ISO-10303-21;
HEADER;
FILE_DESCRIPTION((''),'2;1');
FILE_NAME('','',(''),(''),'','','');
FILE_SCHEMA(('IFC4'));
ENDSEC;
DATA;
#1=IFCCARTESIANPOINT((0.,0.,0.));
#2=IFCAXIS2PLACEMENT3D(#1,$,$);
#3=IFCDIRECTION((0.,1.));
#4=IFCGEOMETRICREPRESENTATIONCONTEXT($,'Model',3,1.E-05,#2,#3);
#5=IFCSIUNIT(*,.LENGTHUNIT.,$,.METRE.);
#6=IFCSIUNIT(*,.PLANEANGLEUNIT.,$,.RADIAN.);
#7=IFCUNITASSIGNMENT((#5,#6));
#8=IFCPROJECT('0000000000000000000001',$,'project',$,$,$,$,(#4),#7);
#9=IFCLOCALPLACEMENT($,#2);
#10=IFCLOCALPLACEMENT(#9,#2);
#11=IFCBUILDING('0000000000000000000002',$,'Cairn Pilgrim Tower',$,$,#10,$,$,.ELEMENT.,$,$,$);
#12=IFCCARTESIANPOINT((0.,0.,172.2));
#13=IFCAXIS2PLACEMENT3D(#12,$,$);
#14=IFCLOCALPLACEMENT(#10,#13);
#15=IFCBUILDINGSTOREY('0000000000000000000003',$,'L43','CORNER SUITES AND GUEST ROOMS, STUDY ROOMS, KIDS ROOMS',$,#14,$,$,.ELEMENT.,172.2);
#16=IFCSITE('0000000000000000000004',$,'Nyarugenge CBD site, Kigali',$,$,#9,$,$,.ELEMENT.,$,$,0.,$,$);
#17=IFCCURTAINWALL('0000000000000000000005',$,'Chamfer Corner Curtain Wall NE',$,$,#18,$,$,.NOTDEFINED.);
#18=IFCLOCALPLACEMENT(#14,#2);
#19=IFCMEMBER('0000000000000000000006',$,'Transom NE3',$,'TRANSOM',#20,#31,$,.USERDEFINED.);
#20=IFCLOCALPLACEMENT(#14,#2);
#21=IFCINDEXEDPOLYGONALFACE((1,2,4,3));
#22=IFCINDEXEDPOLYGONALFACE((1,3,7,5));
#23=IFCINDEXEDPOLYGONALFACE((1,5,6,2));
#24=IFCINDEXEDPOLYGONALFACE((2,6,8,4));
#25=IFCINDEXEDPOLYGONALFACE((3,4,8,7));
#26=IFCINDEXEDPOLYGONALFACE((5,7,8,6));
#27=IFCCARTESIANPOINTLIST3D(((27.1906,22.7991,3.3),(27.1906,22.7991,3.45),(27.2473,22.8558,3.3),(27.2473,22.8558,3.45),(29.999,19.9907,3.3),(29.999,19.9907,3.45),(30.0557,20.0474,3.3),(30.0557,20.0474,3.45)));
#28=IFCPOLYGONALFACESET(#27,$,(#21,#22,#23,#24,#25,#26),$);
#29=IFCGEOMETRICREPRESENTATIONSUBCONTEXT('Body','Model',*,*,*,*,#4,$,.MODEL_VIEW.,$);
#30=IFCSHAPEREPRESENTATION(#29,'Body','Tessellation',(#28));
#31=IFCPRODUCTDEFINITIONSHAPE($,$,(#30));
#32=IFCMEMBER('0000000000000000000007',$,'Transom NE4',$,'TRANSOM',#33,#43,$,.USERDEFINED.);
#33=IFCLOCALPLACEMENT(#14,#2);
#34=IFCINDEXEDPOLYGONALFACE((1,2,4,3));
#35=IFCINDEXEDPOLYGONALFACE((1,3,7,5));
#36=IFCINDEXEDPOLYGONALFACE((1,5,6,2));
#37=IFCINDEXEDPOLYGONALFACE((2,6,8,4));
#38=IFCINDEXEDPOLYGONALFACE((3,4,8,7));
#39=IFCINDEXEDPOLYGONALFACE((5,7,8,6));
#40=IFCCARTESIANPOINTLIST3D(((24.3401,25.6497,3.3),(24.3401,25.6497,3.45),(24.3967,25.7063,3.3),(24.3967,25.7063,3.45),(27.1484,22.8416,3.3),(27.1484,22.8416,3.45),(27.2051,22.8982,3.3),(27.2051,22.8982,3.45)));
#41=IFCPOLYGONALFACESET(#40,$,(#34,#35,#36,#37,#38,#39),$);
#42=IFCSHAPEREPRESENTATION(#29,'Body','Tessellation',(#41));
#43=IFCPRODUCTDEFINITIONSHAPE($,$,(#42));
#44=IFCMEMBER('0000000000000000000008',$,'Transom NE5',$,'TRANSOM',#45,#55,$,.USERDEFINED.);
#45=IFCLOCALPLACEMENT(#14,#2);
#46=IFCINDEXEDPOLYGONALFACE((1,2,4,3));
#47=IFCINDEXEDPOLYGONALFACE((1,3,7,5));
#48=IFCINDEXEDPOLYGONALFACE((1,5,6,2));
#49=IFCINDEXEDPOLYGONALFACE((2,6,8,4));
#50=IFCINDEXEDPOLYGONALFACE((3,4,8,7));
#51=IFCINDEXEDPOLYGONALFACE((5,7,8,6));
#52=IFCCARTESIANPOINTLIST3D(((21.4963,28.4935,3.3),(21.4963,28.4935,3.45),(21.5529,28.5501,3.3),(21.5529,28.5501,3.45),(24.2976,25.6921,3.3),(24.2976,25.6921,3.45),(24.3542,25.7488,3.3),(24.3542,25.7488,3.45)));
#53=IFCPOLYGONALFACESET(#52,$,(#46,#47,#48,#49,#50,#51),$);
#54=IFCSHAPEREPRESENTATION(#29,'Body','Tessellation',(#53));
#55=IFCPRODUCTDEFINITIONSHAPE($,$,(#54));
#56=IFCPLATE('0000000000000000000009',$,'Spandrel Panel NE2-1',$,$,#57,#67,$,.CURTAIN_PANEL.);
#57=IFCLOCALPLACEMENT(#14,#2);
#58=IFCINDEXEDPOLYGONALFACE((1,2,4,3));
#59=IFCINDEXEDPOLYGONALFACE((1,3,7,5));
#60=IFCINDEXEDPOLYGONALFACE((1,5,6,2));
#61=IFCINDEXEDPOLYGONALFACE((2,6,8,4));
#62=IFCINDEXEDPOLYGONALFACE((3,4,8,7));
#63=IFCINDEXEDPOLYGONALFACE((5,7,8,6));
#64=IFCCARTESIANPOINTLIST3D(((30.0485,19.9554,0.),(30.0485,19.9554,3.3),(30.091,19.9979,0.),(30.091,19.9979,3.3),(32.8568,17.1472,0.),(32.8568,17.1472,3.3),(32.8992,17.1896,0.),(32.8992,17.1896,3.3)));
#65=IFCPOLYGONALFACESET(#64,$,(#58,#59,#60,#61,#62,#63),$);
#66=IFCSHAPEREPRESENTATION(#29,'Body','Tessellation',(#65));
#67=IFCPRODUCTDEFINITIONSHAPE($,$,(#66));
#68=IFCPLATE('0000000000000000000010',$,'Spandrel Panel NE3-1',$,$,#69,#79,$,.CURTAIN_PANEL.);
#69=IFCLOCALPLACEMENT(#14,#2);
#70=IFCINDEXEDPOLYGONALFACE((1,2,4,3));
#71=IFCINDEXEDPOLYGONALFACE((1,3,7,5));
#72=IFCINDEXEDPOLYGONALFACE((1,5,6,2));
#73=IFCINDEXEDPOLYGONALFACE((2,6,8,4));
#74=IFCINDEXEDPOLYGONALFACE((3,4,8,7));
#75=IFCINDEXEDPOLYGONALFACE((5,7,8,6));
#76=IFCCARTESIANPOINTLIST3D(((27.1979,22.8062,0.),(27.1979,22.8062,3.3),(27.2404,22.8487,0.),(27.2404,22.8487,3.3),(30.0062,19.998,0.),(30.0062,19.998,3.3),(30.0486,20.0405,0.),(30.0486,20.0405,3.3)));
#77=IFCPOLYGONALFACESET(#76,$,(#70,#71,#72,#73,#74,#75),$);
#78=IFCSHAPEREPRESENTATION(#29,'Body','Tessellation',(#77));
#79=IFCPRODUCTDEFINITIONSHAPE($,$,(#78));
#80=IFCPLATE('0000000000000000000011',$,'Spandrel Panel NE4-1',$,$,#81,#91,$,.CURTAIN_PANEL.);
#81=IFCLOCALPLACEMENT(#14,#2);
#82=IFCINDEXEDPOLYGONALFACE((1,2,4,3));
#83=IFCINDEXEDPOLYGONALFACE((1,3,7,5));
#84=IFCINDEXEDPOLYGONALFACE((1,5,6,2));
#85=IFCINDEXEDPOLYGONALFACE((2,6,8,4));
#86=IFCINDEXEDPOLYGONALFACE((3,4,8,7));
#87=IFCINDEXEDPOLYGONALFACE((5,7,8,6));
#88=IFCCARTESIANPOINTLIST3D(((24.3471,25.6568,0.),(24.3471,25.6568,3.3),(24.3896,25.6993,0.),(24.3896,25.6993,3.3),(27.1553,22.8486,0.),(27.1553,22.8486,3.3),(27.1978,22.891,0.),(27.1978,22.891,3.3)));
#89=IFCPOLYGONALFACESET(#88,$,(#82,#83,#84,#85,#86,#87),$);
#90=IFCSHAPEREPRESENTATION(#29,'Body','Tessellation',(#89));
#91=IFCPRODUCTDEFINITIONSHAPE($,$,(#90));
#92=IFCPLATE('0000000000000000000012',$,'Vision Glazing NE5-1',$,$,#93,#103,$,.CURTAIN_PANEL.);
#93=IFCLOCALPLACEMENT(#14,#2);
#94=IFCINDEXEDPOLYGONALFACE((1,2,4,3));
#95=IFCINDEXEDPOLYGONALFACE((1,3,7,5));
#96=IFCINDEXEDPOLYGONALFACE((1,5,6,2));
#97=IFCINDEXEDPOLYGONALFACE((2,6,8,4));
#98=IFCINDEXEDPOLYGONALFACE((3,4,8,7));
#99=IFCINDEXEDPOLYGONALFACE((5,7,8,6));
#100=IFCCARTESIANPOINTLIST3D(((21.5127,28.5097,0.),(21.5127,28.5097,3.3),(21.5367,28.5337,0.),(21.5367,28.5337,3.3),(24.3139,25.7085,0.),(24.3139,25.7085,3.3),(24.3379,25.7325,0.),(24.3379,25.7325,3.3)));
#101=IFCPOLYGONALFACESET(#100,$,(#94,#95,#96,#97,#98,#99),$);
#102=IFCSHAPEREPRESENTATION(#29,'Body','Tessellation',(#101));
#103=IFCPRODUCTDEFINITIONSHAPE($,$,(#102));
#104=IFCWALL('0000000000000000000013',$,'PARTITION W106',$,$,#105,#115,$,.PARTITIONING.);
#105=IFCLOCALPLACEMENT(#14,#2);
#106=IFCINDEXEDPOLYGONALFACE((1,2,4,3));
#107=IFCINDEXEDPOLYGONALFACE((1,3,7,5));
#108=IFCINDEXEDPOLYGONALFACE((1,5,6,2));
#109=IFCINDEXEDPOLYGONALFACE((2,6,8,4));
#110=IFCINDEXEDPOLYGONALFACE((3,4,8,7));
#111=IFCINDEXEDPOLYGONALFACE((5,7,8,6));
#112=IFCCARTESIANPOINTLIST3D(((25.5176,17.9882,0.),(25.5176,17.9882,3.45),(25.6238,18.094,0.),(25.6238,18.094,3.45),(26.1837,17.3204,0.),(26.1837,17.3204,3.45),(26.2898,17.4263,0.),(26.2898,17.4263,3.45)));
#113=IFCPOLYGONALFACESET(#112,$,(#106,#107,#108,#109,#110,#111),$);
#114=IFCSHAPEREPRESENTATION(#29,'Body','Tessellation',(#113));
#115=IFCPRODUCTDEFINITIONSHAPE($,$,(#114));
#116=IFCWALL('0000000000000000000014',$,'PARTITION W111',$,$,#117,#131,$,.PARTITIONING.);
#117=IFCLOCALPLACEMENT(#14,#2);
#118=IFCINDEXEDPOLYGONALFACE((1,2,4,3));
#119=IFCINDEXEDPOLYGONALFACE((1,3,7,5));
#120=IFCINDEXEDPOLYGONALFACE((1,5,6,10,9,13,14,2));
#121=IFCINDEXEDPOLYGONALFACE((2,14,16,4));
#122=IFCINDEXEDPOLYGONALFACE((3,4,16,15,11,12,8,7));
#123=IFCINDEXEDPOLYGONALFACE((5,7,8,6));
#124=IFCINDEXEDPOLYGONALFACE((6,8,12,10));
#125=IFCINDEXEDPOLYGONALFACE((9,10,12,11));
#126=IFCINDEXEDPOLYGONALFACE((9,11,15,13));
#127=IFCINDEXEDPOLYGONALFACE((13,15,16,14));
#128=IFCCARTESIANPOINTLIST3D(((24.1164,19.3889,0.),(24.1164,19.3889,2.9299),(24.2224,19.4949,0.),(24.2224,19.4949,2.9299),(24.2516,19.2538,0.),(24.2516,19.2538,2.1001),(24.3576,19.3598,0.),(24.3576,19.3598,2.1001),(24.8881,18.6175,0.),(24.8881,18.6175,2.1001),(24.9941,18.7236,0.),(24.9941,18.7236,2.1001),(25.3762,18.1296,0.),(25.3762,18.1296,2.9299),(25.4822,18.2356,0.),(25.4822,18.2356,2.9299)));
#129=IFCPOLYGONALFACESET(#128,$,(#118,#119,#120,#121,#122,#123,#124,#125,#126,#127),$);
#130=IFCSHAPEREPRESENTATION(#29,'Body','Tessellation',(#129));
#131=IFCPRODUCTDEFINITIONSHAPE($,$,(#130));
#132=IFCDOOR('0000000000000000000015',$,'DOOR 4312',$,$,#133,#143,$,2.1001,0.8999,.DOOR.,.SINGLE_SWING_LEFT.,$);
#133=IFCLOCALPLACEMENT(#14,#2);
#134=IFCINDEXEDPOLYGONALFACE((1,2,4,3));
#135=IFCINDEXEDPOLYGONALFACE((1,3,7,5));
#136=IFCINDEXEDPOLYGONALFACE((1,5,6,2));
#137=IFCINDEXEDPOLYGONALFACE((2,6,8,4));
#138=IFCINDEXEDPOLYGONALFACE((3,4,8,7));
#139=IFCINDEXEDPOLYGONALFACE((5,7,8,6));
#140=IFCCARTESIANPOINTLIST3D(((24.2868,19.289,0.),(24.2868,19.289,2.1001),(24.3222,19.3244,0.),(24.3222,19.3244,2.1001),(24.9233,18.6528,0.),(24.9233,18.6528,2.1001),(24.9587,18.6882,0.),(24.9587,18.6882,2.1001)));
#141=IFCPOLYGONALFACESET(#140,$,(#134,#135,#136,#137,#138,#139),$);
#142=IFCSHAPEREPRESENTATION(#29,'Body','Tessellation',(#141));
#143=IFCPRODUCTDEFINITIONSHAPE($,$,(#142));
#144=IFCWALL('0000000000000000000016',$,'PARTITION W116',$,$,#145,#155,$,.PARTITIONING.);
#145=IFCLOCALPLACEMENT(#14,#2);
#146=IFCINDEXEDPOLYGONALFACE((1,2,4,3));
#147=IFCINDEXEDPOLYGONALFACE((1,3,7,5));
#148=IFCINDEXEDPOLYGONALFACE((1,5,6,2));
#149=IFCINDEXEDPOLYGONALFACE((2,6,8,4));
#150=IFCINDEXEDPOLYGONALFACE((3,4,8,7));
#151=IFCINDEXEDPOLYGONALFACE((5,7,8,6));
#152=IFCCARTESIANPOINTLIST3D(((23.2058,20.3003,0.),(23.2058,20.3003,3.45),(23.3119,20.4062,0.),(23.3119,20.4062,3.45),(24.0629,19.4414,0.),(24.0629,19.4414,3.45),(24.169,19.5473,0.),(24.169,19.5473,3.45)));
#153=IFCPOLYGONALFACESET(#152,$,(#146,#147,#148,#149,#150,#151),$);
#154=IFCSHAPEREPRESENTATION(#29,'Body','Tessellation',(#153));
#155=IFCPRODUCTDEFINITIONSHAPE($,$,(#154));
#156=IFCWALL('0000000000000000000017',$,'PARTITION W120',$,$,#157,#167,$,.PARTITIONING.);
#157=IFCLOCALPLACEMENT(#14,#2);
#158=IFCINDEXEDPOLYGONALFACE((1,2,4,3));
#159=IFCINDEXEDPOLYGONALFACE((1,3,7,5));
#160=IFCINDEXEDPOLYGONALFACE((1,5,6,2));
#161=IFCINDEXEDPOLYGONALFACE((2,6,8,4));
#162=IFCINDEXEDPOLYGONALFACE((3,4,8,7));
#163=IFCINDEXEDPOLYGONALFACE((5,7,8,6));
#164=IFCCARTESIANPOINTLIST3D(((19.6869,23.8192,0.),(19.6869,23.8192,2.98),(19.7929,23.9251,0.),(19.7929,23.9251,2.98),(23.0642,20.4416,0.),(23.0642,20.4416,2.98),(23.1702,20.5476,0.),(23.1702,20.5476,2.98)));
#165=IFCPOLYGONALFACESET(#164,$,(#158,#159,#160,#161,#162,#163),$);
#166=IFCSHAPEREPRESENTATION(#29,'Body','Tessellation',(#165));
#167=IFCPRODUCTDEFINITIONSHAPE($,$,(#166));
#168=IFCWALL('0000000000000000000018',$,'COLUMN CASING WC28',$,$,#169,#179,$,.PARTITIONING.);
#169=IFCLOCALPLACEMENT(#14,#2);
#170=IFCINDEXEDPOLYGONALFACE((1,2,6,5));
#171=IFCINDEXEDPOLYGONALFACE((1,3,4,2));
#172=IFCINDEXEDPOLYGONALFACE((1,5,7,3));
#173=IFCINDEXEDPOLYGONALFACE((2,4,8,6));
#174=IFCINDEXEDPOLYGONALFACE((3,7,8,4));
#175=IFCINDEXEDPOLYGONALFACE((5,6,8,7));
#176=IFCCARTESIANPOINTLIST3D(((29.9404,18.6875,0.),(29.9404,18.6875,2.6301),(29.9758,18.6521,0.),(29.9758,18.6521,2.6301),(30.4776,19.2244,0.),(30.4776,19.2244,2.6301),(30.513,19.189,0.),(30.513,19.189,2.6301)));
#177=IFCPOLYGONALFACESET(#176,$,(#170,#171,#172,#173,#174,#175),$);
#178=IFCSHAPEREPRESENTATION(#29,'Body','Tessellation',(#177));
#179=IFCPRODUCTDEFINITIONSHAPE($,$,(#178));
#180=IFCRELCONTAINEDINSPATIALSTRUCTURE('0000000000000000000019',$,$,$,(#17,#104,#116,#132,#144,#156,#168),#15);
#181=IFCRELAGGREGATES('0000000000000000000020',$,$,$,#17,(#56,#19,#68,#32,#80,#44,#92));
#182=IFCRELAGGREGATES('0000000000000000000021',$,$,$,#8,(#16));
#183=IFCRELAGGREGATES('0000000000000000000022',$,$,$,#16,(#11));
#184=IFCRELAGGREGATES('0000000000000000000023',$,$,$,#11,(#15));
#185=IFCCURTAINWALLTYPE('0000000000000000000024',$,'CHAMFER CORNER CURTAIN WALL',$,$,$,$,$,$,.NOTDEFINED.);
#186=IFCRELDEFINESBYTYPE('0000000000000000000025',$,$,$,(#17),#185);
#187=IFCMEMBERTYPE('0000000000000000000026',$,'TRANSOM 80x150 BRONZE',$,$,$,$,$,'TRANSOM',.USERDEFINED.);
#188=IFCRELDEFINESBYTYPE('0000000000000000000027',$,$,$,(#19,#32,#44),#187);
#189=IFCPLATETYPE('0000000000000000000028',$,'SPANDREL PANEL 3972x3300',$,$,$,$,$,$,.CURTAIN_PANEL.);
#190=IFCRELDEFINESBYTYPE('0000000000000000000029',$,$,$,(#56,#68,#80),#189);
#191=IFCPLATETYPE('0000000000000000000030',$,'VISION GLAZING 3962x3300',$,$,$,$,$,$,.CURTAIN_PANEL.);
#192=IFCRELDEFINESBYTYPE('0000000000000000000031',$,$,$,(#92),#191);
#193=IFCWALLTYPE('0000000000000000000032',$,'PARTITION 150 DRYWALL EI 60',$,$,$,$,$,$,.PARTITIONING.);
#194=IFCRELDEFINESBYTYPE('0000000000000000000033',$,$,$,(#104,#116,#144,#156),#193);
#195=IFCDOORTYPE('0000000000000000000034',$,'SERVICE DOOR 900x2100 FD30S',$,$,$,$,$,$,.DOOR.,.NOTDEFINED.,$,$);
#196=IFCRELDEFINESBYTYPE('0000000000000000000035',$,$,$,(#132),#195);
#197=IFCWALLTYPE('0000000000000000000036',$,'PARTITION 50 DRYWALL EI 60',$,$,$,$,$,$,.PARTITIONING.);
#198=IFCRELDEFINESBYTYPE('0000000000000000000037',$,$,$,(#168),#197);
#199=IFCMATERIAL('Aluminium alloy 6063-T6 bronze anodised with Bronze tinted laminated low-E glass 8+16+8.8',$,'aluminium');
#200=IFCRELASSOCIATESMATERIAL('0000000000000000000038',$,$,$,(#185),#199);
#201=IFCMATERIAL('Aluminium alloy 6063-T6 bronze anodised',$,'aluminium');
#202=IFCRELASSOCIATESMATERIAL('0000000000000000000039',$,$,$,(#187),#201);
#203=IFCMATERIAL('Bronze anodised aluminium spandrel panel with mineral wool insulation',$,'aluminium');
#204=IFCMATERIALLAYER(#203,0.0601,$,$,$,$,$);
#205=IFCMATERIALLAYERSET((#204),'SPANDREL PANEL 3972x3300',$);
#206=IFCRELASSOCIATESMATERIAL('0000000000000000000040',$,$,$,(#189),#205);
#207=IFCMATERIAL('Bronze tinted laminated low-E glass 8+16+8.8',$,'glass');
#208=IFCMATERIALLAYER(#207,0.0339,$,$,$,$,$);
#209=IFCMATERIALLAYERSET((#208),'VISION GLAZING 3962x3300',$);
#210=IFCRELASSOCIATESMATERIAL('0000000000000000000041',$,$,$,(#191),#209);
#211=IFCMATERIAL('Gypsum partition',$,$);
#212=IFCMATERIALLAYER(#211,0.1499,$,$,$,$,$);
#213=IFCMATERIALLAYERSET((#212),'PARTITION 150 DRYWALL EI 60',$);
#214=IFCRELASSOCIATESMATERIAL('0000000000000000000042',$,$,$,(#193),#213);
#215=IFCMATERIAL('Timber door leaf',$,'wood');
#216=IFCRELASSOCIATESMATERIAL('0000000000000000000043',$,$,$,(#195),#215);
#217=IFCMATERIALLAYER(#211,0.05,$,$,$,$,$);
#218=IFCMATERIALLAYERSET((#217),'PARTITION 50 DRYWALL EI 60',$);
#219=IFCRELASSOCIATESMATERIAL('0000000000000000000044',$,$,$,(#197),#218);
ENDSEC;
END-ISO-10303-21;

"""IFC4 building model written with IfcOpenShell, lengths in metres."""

from ifc_helpers import new_model, si_unit, direction, frame, frame_2d, origin, origin_2d, place, context, subcontext, project, spatial, rectangle, extrude, material, layer, layer_set, material_profile, profile_set, type_object, element, fill, aggregate, save


model = new_model("IFC4")

# Units and contexts
model_context = context("Model", 3, precision=1e-05, world=origin(), true_north=direction((0.0, 1.0)))
body_context = subcontext(model_context, "Body", "Model", "MODEL_VIEW")
ifc_project = project(units=[si_unit("LENGTHUNIT", "METRE"), si_unit("PLANEANGLEUNIT", "RADIAN")], contexts=[model_context])

# Site, building, storey
site_placement = place(None, origin())
site = spatial("IfcSite", under=ifc_project, at=site_placement, Name="Nyarugenge CBD site, Kigali", CompositionType="ELEMENT", RefElevation=0.0)
building_placement = place(site_placement, origin())
building = spatial("IfcBuilding", under=site, at=building_placement, Name="Cairn Pilgrim Tower", CompositionType="ELEMENT")
storey_placement = place(building_placement, frame((0.0, 0.0, 172.2)))
storey = spatial("IfcBuildingStorey", under=building, at=storey_placement, Name="L43", Description="CORNER SUITES AND GUEST ROOMS, STUDY ROOMS, KIDS ROOMS", CompositionType="ELEMENT", Elevation=172.2)

# Curtain wall
ifc_material_1 = material(Name="Aluminium alloy 6063-T6 bronze anodised with Bronze tinted laminated low-E glass 8+16+8.8", Category="aluminium")
curtain_wall_type = type_object("IfcCurtainWallType", Name="CHAMFER CORNER CURTAIN WALL", PredefinedType="NOTDEFINED", material=ifc_material_1)
curtain_wall_placement = place(storey_placement, origin())
curtain_wall = element("IfcCurtainWall", 1, at=curtain_wall_placement, inside=storey, type_object=curtain_wall_type, Name="Chamfer Corner Curtain Wall NE", PredefinedType="NOTDEFINED")
ifc_material_2 = material(Name="Aluminium alloy 6063-T6 bronze anodised", Category="aluminium")

# Members
ifc_material_profile_1 = material_profile(ifc_material_2, rectangle(XDim=0.0801, YDim=0.1499, at=origin_2d()), Name="TRANSOM 80x150 BRONZE")
ifc_profile_set_1 = profile_set([ifc_material_profile_1], Name="Aluminium alloy 6063-T6 bronze anodised")
member_type_1 = type_object("IfcMemberType", Name="TRANSOM 80x150 BRONZE", ElementType="TRANSOM", PredefinedType="USERDEFINED", material=ifc_profile_set_1)
member_1_placement = place(storey_placement, frame((30.0273, 20.019, 3.375), z_axis=(-0.707107, 0.707107, 0.0), x_axis=(-0.707107, -0.707107, 0.0)))
member_1 = element("IfcMember", 2, at=member_1_placement, type_object=member_type_1, Name="Transom NE3", ObjectType="TRANSOM", PredefinedType="USERDEFINED", context=body_context, shape_type="SweptSolid", body=[
    extrude(rectangle(XDim=0.0801, YDim=0.1499, at=origin_2d()), origin(), (0.0, 0.0, 1.0), 3.9717),
])
member_2_placement = place(storey_placement, frame((27.1768, 22.8699, 3.375), z_axis=(-0.707138, 0.707076, 0.0), x_axis=(-0.707076, -0.707138, 0.0)))
member_2 = element("IfcMember", 3, at=member_2_placement, type_object=member_type_1, Name="Transom NE4", ObjectType="TRANSOM", PredefinedType="USERDEFINED", context=body_context, shape_type="SweptSolid", body=[
    extrude(rectangle(XDim=0.0801, YDim=0.1499, at=origin_2d()), origin(), (0.0, 0.0, 1.0), 3.9714),
])
member_3_placement = place(storey_placement, frame((24.3259, 25.7205, 3.375), z_axis=(-0.707107, 0.707107, 0.0), x_axis=(-0.707107, -0.707107, 0.0)))
member_3 = element("IfcMember", 4, at=member_3_placement, type_object=member_type_1, Name="Transom NE5", ObjectType="TRANSOM", PredefinedType="USERDEFINED", context=body_context, shape_type="SweptSolid", body=[
    extrude(rectangle(XDim=0.0801, YDim=0.1499, at=origin_2d()), origin(), (0.0, 0.0, 1.0), 3.9617),
])

# Plates
ifc_material_3 = material(Name="Bronze anodised aluminium spandrel panel with mineral wool insulation", Category="aluminium")
ifc_layer_1 = layer(ifc_material_3, 0.0601)
ifc_layer_set_1 = layer_set([ifc_layer_1], Name="SPANDREL PANEL 3972x3300")
plate_type_1 = type_object("IfcPlateType", Name="SPANDREL PANEL 3972x3300", PredefinedType="CURTAIN_PANEL", material=ifc_layer_set_1)
plate_1_placement = place(storey_placement, frame((31.4739, 18.5725, 0.0), z_axis=(0.0, 0.0, 1.0), x_axis=(-0.707107, 0.707107, 0.0)))
plate_1 = element("IfcPlate", 5, at=plate_1_placement, type_object=plate_type_1, Name="Spandrel Panel NE2-1", PredefinedType="CURTAIN_PANEL", context=body_context, shape_type="SweptSolid", body=[
    extrude(rectangle(XDim=3.9714, YDim=0.0601, at=origin_2d()), origin(), (0.0, 0.0, 1.0), 3.3),
])
plate_2_placement = place(storey_placement, frame((28.6233, 21.4233, 0.0), z_axis=(0.0, 0.0, 1.0), x_axis=(-0.707107, 0.707107, 0.0)))
plate_2 = element("IfcPlate", 6, at=plate_2_placement, type_object=plate_type_1, Name="Spandrel Panel NE3-1", PredefinedType="CURTAIN_PANEL", context=body_context, shape_type="SweptSolid", body=[
    extrude(rectangle(XDim=3.9714, YDim=0.0601, at=origin_2d()), origin(), (0.0, 0.0, 1.0), 3.3),
])
plate_3_placement = place(storey_placement, frame((25.7725, 24.2739, 0.0), z_axis=(0.0, 0.0, 1.0), x_axis=(-0.707107, 0.707107, 0.0)))
plate_3 = element("IfcPlate", 7, at=plate_3_placement, type_object=plate_type_1, Name="Spandrel Panel NE4-1", PredefinedType="CURTAIN_PANEL", context=body_context, shape_type="SweptSolid", body=[
    extrude(rectangle(XDim=3.9714, YDim=0.0601, at=origin_2d()), origin(), (0.0, 0.0, 1.0), 3.3),
])
ifc_material_4 = material(Name="Bronze tinted laminated low-E glass 8+16+8.8", Category="glass")
ifc_layer_2 = layer(ifc_material_4, 0.0339)
ifc_layer_set_2 = layer_set([ifc_layer_2], Name="VISION GLAZING 3962x3300")
plate_type_2 = type_object("IfcPlateType", Name="VISION GLAZING 3962x3300", PredefinedType="CURTAIN_PANEL", material=ifc_layer_set_2)
plate_4_placement = place(storey_placement, frame((22.9253, 27.1211, 0.0), z_axis=(0.0, 0.0, 1.0), x_axis=(-0.707107, 0.707107, 0.0)))
plate_4 = element("IfcPlate", 8, at=plate_4_placement, type_object=plate_type_2, Name="Vision Glazing NE5-1", PredefinedType="CURTAIN_PANEL", context=body_context, shape_type="SweptSolid", body=[
    extrude(rectangle(XDim=3.9614, YDim=0.0339, at=origin_2d()), origin(), (0.0, 0.0, 1.0), 3.3),
])
aggregate(curtain_wall, [plate_1, member_1, plate_2, member_2, plate_3, member_3, plate_4])

# Wall
ifc_material_5 = material(Name="Gypsum partition")
ifc_layer_3 = layer(ifc_material_5, 0.1499)
ifc_layer_set_3 = layer_set([ifc_layer_3], Name="PARTITION 150 DRYWALL EI 60")
wall_type_1 = type_object("IfcWallType", Name="PARTITION 150 DRYWALL EI 60", PredefinedType="PARTITIONING", material=ifc_layer_set_3)
wall_1_placement = place(storey_placement, frame((26.2368, 17.3733, 0.0), z_axis=(0.0, 0.0, 1.0), x_axis=(-0.7062, 0.708012, 0.0)))
element("IfcWall", 9, at=wall_1_placement, inside=storey, type_object=wall_type_1, Name="PARTITION W106", PredefinedType="PARTITIONING", context=body_context, shape_type="SweptSolid", body=[
    extrude(rectangle(XDim=0.9431, YDim=0.1499, at=frame_2d((0.4717, 0.0))), origin(), (0.0, 0.0, 1.0), 3.45),
])

# Wall, opening, door
wall_2_placement = place(storey_placement, frame((25.4292, 18.1826, 0.0), z_axis=(0.0, 0.0, 1.0), x_axis=(-0.707244, 0.70697, 0.0)))
wall_2 = element("IfcWall", 10, at=wall_2_placement, inside=storey, type_object=wall_type_1, Name="PARTITION W111", PredefinedType="PARTITIONING", context=body_context, shape_type="SweptSolid", body=[
    extrude(rectangle(XDim=1.7812, YDim=0.1499, at=frame_2d((0.8906, 0.0))), origin(), (0.0, 0.0, 1.0), 2.9299),
])
opening_placement = place(wall_2_placement, frame((0.6902, 0.0, 0.0)))
opening = element("IfcOpeningElement", 11, at=opening_placement, cuts=wall_2, PredefinedType="OPENING", context=body_context, shape_type="SweptSolid", body=[
    extrude(rectangle(XDim=0.8999, YDim=2.1001, at=frame_2d((0.45, 1.05))), frame((0.0, 0.085, 0.0), z_axis=(0.0, -1.0, 0.0), x_axis=(1.0, 0.0, 0.0)), (0.0, 0.0, 1.0), 0.1699),
])
ifc_material_6 = material(Name="Timber door leaf", Category="wood")
door_type = type_object("IfcDoorType", Name="SERVICE DOOR 900x2100 FD30S", OperationType="NOTDEFINED", PredefinedType="DOOR", material=ifc_material_6)
door_placement = place(opening_placement, frame((0.8999, 0.0, 0.0), z_axis=(0.0, 0.0, 1.0), x_axis=(-1.0, 0.0, 0.0)))
door = element("IfcDoor", 12, at=door_placement, inside=storey, type_object=door_type, Name="DOOR 4312", OperationType="SINGLE_SWING_LEFT", OverallHeight=2.1001, OverallWidth=0.8999, PredefinedType="DOOR", context=body_context, shape_type="SweptSolid", body=[
    extrude(rectangle(XDim=0.8999, YDim=2.1001, at=frame_2d((0.45, 1.05))), frame((0.0, 0.0249, 0.0), z_axis=(0.0, -1.0, 0.0), x_axis=(1.0, 0.0, 0.0)), (0.0, 0.0, 1.0), 0.05),
])
fill(opening, door)

# Walls
wall_3_placement = place(storey_placement, frame((24.116, 19.4944, 0.0), z_axis=(0.0, 0.0, 1.0), x_axis=(-0.706402, 0.707811, 0.0)))
element("IfcWall", 13, at=wall_3_placement, inside=storey, type_object=wall_type_1, Name="PARTITION W116", PredefinedType="PARTITIONING", context=body_context, shape_type="SweptSolid", body=[
    extrude(rectangle(XDim=1.2134, YDim=0.1499, at=frame_2d((0.6067, 0.0))), origin(), (0.0, 0.0, 1.0), 3.45),
])
wall_4_placement = place(storey_placement, frame((23.1172, 20.4946, 0.0), z_axis=(0.0, 0.0, 1.0), x_axis=(-0.707081, 0.707132, 0.0)))
element("IfcWall", 14, at=wall_4_placement, inside=storey, type_object=wall_type_1, Name="PARTITION W120", PredefinedType="PARTITIONING", context=body_context, shape_type="SweptSolid", body=[
    extrude(rectangle(XDim=4.7764, YDim=0.1499, at=frame_2d((2.3882, 0.0))), origin(), (0.0, 0.0, 1.0), 2.98),
])
ifc_layer_4 = layer(ifc_material_5, 0.05)
ifc_layer_set_4 = layer_set([ifc_layer_4], Name="PARTITION 50 DRYWALL EI 60")
wall_type_2 = type_object("IfcWallType", Name="PARTITION 50 DRYWALL EI 60", PredefinedType="PARTITIONING", material=ifc_layer_set_4)
wall_5_placement = place(storey_placement, frame((29.958, 18.6697, 0.0), z_axis=(0.0, 0.0, 1.0), x_axis=(0.707268, 0.706946, 0.0)))
element("IfcWall", 15, at=wall_5_placement, inside=storey, type_object=wall_type_2, Name="COLUMN CASING WC28", PredefinedType="PARTITIONING", context=body_context, shape_type="SweptSolid", body=[
    extrude(rectangle(XDim=0.7595, YDim=0.05, at=frame_2d((0.3799, 0.0))), origin(), (0.0, 0.0, 1.0), 2.6301),
])

save(model, "model.ifc")
